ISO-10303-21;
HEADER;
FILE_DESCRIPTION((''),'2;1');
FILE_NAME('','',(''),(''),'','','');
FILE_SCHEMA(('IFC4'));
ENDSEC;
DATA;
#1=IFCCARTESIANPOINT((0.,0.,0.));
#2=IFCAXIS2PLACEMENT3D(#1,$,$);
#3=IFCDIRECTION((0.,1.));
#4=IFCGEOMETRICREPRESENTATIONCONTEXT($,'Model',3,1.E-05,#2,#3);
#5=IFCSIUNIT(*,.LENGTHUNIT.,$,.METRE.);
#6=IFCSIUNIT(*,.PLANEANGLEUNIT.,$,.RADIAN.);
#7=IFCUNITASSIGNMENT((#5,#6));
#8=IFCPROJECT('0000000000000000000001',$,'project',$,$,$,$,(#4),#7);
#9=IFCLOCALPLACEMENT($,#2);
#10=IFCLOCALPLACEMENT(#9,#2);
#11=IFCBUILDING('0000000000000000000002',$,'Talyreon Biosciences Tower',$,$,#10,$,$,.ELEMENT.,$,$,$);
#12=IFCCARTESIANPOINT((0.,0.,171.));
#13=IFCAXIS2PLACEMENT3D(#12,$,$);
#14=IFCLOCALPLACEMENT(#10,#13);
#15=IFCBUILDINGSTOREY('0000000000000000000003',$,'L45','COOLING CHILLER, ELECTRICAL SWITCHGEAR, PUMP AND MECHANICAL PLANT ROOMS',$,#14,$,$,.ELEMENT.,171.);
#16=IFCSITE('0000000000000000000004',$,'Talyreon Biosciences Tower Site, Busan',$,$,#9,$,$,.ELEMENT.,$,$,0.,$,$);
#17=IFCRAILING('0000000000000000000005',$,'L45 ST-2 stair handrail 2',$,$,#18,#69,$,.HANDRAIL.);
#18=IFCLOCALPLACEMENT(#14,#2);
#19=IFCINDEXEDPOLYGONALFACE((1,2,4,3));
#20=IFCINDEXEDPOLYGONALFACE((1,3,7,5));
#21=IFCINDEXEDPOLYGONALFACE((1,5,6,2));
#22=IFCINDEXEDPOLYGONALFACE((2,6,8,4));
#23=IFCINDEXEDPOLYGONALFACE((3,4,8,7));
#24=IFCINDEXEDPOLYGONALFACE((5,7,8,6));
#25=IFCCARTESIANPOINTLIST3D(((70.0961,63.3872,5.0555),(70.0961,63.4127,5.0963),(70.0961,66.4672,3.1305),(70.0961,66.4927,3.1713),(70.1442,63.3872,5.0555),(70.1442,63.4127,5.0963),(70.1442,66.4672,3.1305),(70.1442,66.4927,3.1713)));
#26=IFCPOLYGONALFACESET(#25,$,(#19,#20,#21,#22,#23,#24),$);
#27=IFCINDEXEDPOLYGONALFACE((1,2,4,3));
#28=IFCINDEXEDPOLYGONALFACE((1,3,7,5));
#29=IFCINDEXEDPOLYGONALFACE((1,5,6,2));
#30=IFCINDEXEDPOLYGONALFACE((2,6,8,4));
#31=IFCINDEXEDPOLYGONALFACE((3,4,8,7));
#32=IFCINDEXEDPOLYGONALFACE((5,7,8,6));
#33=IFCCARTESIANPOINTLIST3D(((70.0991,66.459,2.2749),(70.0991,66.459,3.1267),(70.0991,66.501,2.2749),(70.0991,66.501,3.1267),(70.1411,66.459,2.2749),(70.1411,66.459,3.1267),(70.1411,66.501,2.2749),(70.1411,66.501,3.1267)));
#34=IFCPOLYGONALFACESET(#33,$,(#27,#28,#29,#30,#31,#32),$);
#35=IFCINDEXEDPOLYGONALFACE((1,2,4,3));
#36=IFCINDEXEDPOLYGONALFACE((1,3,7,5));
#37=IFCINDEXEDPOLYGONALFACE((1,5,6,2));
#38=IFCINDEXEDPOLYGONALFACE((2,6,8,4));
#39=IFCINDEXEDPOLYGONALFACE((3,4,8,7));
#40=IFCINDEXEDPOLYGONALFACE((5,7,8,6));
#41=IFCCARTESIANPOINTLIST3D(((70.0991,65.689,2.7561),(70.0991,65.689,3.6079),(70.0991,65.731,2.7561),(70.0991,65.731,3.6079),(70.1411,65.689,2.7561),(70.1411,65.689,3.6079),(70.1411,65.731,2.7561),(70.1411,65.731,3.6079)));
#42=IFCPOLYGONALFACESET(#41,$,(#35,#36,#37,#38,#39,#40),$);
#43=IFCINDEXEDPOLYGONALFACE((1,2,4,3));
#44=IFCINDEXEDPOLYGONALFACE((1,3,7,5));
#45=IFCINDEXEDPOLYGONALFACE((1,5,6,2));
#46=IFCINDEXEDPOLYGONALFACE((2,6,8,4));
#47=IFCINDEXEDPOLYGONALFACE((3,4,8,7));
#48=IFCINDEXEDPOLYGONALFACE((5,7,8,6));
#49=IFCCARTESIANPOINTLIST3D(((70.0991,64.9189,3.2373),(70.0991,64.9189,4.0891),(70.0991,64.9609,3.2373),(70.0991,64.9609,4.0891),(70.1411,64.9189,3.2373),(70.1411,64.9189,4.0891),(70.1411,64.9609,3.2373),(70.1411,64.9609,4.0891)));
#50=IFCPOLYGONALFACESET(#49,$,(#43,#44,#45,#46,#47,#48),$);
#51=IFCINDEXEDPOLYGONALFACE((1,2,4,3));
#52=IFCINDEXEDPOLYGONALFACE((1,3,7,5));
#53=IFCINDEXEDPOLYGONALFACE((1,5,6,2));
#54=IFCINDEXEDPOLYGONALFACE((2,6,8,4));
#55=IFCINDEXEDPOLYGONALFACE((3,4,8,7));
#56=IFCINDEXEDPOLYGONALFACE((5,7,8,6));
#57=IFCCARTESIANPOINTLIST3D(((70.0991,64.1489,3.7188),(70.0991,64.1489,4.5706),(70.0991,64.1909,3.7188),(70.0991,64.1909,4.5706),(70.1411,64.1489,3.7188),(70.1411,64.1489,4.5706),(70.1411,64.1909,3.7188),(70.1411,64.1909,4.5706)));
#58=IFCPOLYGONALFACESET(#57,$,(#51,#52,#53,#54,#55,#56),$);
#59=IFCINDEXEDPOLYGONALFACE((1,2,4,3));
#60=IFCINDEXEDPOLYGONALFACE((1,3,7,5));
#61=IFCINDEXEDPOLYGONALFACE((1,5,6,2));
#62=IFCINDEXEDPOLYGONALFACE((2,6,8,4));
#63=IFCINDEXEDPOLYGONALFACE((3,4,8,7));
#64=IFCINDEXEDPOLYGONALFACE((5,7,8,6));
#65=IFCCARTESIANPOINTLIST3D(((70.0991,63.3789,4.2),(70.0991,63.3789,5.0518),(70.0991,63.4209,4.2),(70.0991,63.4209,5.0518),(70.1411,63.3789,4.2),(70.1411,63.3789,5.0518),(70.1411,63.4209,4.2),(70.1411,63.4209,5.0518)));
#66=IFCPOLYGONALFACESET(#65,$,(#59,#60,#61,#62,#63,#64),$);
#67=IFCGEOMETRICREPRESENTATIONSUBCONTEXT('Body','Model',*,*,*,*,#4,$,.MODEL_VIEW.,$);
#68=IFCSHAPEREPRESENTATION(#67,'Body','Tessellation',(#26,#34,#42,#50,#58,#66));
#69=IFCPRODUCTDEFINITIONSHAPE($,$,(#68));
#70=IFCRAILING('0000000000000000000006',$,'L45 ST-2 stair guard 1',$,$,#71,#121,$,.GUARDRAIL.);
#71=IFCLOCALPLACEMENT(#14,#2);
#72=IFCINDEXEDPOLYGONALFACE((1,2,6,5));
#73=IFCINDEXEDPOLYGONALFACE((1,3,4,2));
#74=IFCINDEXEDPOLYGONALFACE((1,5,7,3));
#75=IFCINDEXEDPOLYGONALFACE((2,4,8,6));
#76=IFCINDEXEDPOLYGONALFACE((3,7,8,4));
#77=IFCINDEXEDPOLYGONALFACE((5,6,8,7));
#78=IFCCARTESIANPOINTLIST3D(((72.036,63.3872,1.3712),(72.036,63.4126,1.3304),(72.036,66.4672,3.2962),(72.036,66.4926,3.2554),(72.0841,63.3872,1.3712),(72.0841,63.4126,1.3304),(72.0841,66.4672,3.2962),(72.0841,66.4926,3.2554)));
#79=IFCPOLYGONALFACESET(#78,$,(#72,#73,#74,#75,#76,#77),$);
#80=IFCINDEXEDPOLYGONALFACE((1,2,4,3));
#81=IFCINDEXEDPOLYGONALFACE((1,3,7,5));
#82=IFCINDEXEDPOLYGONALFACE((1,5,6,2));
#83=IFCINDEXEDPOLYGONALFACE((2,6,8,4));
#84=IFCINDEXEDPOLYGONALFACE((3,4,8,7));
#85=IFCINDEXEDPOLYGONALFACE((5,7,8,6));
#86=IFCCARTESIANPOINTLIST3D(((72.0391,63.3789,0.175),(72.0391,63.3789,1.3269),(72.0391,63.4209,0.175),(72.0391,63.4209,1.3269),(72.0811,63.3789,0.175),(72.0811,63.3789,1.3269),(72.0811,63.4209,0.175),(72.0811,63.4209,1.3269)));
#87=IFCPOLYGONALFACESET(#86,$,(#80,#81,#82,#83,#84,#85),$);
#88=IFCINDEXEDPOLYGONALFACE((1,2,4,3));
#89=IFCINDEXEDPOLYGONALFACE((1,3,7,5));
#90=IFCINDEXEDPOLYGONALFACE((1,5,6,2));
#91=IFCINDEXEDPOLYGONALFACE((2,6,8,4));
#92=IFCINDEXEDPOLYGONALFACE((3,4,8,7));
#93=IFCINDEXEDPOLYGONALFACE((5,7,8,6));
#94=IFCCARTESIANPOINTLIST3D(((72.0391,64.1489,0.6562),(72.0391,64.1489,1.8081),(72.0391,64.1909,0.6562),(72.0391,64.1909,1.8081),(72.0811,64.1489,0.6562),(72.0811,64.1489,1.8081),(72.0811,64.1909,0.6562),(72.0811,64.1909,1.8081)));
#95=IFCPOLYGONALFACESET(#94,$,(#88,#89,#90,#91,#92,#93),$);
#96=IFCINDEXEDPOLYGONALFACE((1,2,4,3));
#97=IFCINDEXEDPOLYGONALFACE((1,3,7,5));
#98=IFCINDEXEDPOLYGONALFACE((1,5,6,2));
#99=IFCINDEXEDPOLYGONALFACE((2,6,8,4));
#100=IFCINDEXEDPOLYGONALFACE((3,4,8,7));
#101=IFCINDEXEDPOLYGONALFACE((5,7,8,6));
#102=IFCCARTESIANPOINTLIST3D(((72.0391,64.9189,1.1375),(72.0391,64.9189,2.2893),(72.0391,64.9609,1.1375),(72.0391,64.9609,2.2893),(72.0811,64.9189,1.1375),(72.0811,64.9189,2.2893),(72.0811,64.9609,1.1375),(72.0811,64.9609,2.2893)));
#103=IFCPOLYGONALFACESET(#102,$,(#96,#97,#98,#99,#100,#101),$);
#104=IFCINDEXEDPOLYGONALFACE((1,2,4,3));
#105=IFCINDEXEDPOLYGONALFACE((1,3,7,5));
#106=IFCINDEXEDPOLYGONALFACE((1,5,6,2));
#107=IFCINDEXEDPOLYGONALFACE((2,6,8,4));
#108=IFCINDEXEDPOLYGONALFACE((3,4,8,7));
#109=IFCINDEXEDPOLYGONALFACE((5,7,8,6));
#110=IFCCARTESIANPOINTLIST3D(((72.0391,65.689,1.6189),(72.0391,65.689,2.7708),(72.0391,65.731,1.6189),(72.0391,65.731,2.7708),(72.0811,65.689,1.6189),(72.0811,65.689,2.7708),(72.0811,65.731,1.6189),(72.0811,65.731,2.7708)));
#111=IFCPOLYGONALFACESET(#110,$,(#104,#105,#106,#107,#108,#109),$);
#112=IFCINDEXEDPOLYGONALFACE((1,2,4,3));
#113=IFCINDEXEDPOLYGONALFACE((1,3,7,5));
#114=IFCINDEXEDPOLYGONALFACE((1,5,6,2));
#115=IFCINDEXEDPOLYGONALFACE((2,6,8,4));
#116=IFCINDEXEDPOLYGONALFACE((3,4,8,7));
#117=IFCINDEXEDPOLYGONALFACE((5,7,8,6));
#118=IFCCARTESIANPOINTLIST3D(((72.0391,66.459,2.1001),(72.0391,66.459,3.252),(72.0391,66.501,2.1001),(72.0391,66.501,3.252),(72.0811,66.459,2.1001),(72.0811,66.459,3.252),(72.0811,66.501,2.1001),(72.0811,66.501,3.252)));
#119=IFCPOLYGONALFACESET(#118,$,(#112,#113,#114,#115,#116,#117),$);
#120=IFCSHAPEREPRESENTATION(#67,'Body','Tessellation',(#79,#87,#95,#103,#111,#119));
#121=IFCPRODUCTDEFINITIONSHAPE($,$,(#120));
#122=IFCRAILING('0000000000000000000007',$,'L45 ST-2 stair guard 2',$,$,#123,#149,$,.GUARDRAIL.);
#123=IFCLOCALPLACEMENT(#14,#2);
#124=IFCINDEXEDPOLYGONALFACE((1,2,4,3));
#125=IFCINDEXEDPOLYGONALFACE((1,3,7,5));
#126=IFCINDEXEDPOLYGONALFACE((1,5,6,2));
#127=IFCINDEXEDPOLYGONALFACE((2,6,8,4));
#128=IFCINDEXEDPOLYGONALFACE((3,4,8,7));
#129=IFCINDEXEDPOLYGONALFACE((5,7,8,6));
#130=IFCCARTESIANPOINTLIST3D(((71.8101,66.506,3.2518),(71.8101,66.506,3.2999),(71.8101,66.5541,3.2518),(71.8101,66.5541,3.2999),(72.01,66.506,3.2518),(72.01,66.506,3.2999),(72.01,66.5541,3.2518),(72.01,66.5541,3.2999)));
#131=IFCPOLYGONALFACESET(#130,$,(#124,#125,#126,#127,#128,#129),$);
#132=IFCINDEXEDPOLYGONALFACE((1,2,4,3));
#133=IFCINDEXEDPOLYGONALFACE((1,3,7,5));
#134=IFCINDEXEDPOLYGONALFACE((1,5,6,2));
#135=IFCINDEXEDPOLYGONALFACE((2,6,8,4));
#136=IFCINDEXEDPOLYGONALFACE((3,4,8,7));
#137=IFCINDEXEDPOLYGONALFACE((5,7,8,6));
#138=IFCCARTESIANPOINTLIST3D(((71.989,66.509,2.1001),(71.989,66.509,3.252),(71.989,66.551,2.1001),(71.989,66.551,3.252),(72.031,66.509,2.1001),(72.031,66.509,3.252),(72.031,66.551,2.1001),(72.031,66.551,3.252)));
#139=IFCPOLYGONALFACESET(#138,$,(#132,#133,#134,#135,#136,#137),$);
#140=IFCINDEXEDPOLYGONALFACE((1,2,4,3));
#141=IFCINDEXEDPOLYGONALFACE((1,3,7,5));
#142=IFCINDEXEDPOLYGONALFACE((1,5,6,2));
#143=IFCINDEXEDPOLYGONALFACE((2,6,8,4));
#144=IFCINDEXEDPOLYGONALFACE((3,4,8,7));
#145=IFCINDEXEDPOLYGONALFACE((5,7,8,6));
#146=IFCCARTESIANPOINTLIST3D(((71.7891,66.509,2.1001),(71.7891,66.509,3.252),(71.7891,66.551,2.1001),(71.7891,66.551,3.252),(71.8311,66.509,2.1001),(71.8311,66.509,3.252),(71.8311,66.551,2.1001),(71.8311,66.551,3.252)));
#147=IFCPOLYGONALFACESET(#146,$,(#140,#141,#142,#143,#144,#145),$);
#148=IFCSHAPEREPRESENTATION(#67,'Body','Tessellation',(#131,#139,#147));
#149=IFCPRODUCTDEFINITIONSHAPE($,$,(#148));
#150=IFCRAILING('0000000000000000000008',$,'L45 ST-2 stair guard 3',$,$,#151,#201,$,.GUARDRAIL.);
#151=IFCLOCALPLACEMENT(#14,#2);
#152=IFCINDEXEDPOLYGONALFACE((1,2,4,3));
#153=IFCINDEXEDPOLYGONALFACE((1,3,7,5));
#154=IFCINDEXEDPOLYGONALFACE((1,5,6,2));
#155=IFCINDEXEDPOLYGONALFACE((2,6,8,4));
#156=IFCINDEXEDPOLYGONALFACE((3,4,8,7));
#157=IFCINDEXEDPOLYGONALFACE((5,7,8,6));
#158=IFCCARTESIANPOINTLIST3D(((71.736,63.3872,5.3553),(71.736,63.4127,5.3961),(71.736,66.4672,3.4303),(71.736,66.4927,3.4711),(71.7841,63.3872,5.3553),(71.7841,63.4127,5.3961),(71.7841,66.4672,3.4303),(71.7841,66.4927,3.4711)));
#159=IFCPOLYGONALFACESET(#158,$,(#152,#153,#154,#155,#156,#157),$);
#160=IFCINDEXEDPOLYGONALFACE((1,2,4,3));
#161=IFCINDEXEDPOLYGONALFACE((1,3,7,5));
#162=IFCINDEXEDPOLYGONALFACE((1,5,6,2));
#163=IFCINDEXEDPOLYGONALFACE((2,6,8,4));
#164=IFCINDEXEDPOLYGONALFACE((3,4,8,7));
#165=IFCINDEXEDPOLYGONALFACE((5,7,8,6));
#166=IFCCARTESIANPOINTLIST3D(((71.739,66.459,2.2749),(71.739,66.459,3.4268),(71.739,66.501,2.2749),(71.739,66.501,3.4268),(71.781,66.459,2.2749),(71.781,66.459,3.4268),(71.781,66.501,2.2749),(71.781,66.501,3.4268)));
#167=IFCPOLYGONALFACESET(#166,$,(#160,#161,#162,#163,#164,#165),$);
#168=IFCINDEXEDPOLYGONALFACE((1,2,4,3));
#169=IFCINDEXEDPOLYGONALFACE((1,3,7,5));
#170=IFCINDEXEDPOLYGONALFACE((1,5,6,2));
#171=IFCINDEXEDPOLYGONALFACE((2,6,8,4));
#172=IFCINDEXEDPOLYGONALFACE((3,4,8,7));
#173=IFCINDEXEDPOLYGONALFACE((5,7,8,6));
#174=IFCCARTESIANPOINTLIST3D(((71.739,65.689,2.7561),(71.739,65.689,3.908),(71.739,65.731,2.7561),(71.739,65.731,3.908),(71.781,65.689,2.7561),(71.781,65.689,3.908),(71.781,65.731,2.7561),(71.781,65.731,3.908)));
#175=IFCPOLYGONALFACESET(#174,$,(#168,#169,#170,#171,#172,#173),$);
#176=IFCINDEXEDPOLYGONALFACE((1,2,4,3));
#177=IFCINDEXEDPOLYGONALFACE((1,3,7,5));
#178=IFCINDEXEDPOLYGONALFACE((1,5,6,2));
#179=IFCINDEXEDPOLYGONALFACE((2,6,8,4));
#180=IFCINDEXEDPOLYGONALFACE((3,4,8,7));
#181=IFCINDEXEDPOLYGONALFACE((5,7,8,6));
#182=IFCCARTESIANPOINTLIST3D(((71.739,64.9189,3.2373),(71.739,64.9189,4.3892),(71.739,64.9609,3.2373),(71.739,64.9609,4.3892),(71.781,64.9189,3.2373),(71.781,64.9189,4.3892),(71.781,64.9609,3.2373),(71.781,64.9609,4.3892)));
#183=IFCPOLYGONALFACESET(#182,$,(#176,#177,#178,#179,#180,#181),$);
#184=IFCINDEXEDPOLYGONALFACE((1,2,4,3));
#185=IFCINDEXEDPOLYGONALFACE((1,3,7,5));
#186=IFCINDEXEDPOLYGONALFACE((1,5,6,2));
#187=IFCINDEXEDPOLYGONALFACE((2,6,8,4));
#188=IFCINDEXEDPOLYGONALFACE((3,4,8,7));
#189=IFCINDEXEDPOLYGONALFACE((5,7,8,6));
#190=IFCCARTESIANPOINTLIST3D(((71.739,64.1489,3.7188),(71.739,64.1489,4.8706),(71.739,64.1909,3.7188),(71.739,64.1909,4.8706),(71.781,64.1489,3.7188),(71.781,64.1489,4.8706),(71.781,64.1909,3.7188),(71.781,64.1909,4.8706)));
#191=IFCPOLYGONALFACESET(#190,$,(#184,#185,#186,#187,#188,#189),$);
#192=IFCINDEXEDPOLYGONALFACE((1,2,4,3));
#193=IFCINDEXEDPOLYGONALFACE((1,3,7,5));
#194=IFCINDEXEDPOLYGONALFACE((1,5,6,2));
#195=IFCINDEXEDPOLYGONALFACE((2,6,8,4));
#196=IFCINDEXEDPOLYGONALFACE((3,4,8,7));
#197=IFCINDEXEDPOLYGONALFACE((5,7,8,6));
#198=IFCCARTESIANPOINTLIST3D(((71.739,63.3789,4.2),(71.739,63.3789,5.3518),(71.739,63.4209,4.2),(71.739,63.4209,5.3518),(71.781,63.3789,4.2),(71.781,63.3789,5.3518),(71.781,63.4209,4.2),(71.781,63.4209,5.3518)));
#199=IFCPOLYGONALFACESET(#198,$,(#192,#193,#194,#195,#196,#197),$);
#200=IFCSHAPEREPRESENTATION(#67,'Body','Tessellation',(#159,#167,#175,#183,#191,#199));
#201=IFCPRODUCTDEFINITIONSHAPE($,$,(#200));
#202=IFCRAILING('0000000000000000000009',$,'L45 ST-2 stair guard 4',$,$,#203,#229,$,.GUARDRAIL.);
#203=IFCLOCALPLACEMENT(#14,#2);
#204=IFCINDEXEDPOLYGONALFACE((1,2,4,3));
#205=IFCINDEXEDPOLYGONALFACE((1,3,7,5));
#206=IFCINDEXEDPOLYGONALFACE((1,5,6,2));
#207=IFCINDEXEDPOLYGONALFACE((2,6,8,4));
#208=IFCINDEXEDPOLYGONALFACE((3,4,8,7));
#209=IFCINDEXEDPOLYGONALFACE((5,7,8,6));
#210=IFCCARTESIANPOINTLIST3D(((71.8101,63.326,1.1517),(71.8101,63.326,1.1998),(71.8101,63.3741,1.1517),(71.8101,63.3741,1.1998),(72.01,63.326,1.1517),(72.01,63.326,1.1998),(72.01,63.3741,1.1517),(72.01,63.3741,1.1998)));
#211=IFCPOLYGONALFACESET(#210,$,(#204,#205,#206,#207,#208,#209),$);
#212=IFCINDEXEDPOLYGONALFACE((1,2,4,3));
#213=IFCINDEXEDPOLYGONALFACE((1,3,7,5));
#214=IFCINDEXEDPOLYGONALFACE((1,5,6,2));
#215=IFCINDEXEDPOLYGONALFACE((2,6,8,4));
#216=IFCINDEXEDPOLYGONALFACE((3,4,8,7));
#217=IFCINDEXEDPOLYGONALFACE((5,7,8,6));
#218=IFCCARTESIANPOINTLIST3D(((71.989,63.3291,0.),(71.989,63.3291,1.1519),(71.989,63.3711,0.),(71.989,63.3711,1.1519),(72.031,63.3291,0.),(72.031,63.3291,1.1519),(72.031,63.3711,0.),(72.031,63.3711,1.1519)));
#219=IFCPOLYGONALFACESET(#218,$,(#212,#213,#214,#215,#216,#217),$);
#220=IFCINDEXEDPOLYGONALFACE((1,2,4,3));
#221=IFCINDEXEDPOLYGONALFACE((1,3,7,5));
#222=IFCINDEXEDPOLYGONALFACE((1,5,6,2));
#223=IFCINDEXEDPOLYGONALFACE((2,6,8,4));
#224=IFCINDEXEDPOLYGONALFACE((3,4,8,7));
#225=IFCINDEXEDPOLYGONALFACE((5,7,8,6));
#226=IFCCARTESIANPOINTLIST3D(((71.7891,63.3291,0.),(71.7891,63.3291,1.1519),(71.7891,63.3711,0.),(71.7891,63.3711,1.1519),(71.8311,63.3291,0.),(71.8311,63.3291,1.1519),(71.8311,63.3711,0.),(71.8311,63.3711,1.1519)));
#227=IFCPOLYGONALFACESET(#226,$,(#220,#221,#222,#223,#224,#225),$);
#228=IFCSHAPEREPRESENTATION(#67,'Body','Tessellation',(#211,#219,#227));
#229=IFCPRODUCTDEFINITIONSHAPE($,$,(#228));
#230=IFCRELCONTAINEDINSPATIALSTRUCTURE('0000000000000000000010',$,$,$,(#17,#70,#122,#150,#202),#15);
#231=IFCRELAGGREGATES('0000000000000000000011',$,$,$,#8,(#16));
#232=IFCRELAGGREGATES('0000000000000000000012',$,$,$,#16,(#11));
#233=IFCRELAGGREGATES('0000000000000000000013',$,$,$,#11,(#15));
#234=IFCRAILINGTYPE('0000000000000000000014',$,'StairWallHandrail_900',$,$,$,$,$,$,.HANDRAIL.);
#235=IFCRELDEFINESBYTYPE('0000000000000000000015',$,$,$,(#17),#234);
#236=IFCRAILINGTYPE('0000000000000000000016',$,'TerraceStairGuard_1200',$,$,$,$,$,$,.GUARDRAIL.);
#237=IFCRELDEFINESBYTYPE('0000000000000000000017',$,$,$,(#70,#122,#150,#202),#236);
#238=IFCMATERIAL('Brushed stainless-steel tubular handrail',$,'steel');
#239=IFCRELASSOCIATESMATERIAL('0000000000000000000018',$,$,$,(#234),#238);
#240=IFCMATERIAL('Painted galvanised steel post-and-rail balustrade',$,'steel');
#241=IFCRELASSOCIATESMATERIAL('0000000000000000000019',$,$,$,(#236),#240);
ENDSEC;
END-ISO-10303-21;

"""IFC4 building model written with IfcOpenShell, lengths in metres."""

from ifc_helpers import new_model, si_unit, direction, frame, origin, origin_2d, place, context, subcontext, project, spatial, rectangle, extrude, material, type_object, element, save


model = new_model("IFC4")

# Units and contexts
model_context = context("Model", 3, precision=1e-05, world=origin(), true_north=direction((0.0, 1.0)))
body_context = subcontext(model_context, "Body", "Model", "MODEL_VIEW")
ifc_project = project(units=[si_unit("LENGTHUNIT", "METRE"), si_unit("PLANEANGLEUNIT", "RADIAN")], contexts=[model_context])

# Site, building, storey
site_placement = place(None, origin())
site = spatial("IfcSite", under=ifc_project, at=site_placement, Name="Talyreon Biosciences Tower Site, Busan", CompositionType="ELEMENT", RefElevation=0.0)
building_placement = place(site_placement, origin())
building = spatial("IfcBuilding", under=site, at=building_placement, Name="Talyreon Biosciences Tower", CompositionType="ELEMENT")
storey_placement = place(building_placement, frame((0.0, 0.0, 171.0)))
storey = spatial("IfcBuildingStorey", under=building, at=storey_placement, Name="L45", Description="COOLING CHILLER, ELECTRICAL SWITCHGEAR, PUMP AND MECHANICAL PLANT ROOMS", CompositionType="ELEMENT", Elevation=171.0)

# Railings
ifc_material_1 = material(Name="Brushed stainless-steel tubular handrail", Category="steel")
railing_type_1 = type_object("IfcRailingType", Name="StairWallHandrail_900", PredefinedType="HANDRAIL", material=ifc_material_1)
railing_1_placement = place(storey_placement, frame((70.1201, 66.48, 2.2749)))
element("IfcRailing", 1, at=railing_1_placement, inside=storey, type_object=railing_type_1, Name="L45 ST-2 stair handrail 2", PredefinedType="HANDRAIL", context=body_context, shape_type="SweptSolid", body=[
    extrude(rectangle(XDim=0.0481, YDim=0.0481, at=origin_2d()), frame((0.0, 0.0, 0.876), z_axis=(0.0, -0.847998, 0.529999), x_axis=(1.0, 0.0, 0.0)), (0.0, 0.0, 1.0), 3.6321),
    extrude(rectangle(XDim=0.042, YDim=0.042, at=origin_2d()), origin(), (0.0, 0.0, 1.0), 0.8518),
    extrude(rectangle(XDim=0.042, YDim=0.042, at=origin_2d()), frame((0.0, -0.77, 0.4812)), (0.0, 0.0, 1.0), 0.8518),
    extrude(rectangle(XDim=0.042, YDim=0.042, at=origin_2d()), frame((0.0, -1.54, 0.9624)), (0.0, 0.0, 1.0), 0.8518),
    extrude(rectangle(XDim=0.042, YDim=0.042, at=origin_2d()), frame((0.0, -2.3101, 1.4438)), (0.0, 0.0, 1.0), 0.8518),
    extrude(rectangle(XDim=0.042, YDim=0.042, at=origin_2d()), frame((0.0, -3.0801, 1.925)), (0.0, 0.0, 1.0), 0.8518),
])
ifc_material_2 = material(Name="Painted galvanised steel post-and-rail balustrade", Category="steel")
railing_type_2 = type_object("IfcRailingType", Name="TerraceStairGuard_1200", PredefinedType="GUARDRAIL", material=ifc_material_2)
railing_2_placement = place(storey_placement, frame((72.0601, 63.3999, 0.175)))
element("IfcRailing", 2, at=railing_2_placement, inside=storey, type_object=railing_type_2, Name="L45 ST-2 stair guard 1", PredefinedType="GUARDRAIL", context=body_context, shape_type="SweptSolid", body=[
    extrude(rectangle(XDim=0.0481, YDim=0.0481, at=origin_2d()), frame((0.0, 0.0, 1.1758), z_axis=(0.0, 0.847998, 0.529999), x_axis=(-1.0, 0.0, 0.0)), (0.0, 0.0, 1.0), 3.6321),
    extrude(rectangle(XDim=0.042, YDim=0.042, at=origin_2d()), origin(), (0.0, 0.0, 1.0), 1.1519),
    extrude(rectangle(XDim=0.042, YDim=0.042, at=origin_2d()), frame((0.0, 0.77, 0.4812)), (0.0, 0.0, 1.0), 1.1519),
    extrude(rectangle(XDim=0.042, YDim=0.042, at=origin_2d()), frame((0.0, 1.54, 0.9624)), (0.0, 0.0, 1.0), 1.1519),
    extrude(rectangle(XDim=0.042, YDim=0.042, at=origin_2d()), frame((0.0, 2.3101, 1.4438)), (0.0, 0.0, 1.0), 1.1519),
    extrude(rectangle(XDim=0.042, YDim=0.042, at=origin_2d()), frame((0.0, 3.0801, 1.925)), (0.0, 0.0, 1.0), 1.1519),
])
railing_3_placement = place(storey_placement, frame((72.01, 66.53, 2.1001)))
element("IfcRailing", 3, at=railing_3_placement, inside=storey, type_object=railing_type_2, Name="L45 ST-2 stair guard 2", PredefinedType="GUARDRAIL", context=body_context, shape_type="SweptSolid", body=[
    extrude(rectangle(XDim=0.0481, YDim=0.0481, at=origin_2d()), frame((0.0, 0.0, 1.1758), z_axis=(-1.0, 0.0, 0.0), x_axis=(0.0, -1.0, 0.0)), (0.0, 0.0, 1.0), 0.2),
    extrude(rectangle(XDim=0.042, YDim=0.042, at=origin_2d()), origin(), (0.0, 0.0, 1.0), 1.1519),
    extrude(rectangle(XDim=0.042, YDim=0.042, at=origin_2d()), frame((-0.2, 0.0, 0.0)), (0.0, 0.0, 1.0), 1.1519),
])
railing_4_placement = place(storey_placement, frame((71.76, 66.48, 2.2749)))
element("IfcRailing", 4, at=railing_4_placement, inside=storey, type_object=railing_type_2, Name="L45 ST-2 stair guard 3", PredefinedType="GUARDRAIL", context=body_context, shape_type="SweptSolid", body=[
    extrude(rectangle(XDim=0.0481, YDim=0.0481, at=origin_2d()), frame((0.0, 0.0, 1.1758), z_axis=(0.0, -0.847998, 0.529999), x_axis=(1.0, 0.0, 0.0)), (0.0, 0.0, 1.0), 3.6321),
    extrude(rectangle(XDim=0.042, YDim=0.042, at=origin_2d()), origin(), (0.0, 0.0, 1.0), 1.1519),
    extrude(rectangle(XDim=0.042, YDim=0.042, at=origin_2d()), frame((0.0, -0.77, 0.4812)), (0.0, 0.0, 1.0), 1.1519),
    extrude(rectangle(XDim=0.042, YDim=0.042, at=origin_2d()), frame((0.0, -1.54, 0.9624)), (0.0, 0.0, 1.0), 1.1519),
    extrude(rectangle(XDim=0.042, YDim=0.042, at=origin_2d()), frame((0.0, -2.3101, 1.4438)), (0.0, 0.0, 1.0), 1.1519),
    extrude(rectangle(XDim=0.042, YDim=0.042, at=origin_2d()), frame((0.0, -3.0801, 1.925)), (0.0, 0.0, 1.0), 1.1519),
])
railing_5_placement = place(storey_placement, frame((72.01, 63.3501, 0.0)))
element("IfcRailing", 5, at=railing_5_placement, inside=storey, type_object=railing_type_2, Name="L45 ST-2 stair guard 4", PredefinedType="GUARDRAIL", context=body_context, shape_type="SweptSolid", body=[
    extrude(rectangle(XDim=0.0481, YDim=0.0481, at=origin_2d()), frame((0.0, 0.0, 1.1758), z_axis=(-1.0, 0.0, 0.0), x_axis=(0.0, -1.0, 0.0)), (0.0, 0.0, 1.0), 0.2),
    extrude(rectangle(XDim=0.042, YDim=0.042, at=origin_2d()), origin(), (0.0, 0.0, 1.0), 1.1519),
    extrude(rectangle(XDim=0.042, YDim=0.042, at=origin_2d()), frame((-0.2, 0.0, 0.0)), (0.0, 0.0, 1.0), 1.1519),
])

save(model, "model.ifc")
